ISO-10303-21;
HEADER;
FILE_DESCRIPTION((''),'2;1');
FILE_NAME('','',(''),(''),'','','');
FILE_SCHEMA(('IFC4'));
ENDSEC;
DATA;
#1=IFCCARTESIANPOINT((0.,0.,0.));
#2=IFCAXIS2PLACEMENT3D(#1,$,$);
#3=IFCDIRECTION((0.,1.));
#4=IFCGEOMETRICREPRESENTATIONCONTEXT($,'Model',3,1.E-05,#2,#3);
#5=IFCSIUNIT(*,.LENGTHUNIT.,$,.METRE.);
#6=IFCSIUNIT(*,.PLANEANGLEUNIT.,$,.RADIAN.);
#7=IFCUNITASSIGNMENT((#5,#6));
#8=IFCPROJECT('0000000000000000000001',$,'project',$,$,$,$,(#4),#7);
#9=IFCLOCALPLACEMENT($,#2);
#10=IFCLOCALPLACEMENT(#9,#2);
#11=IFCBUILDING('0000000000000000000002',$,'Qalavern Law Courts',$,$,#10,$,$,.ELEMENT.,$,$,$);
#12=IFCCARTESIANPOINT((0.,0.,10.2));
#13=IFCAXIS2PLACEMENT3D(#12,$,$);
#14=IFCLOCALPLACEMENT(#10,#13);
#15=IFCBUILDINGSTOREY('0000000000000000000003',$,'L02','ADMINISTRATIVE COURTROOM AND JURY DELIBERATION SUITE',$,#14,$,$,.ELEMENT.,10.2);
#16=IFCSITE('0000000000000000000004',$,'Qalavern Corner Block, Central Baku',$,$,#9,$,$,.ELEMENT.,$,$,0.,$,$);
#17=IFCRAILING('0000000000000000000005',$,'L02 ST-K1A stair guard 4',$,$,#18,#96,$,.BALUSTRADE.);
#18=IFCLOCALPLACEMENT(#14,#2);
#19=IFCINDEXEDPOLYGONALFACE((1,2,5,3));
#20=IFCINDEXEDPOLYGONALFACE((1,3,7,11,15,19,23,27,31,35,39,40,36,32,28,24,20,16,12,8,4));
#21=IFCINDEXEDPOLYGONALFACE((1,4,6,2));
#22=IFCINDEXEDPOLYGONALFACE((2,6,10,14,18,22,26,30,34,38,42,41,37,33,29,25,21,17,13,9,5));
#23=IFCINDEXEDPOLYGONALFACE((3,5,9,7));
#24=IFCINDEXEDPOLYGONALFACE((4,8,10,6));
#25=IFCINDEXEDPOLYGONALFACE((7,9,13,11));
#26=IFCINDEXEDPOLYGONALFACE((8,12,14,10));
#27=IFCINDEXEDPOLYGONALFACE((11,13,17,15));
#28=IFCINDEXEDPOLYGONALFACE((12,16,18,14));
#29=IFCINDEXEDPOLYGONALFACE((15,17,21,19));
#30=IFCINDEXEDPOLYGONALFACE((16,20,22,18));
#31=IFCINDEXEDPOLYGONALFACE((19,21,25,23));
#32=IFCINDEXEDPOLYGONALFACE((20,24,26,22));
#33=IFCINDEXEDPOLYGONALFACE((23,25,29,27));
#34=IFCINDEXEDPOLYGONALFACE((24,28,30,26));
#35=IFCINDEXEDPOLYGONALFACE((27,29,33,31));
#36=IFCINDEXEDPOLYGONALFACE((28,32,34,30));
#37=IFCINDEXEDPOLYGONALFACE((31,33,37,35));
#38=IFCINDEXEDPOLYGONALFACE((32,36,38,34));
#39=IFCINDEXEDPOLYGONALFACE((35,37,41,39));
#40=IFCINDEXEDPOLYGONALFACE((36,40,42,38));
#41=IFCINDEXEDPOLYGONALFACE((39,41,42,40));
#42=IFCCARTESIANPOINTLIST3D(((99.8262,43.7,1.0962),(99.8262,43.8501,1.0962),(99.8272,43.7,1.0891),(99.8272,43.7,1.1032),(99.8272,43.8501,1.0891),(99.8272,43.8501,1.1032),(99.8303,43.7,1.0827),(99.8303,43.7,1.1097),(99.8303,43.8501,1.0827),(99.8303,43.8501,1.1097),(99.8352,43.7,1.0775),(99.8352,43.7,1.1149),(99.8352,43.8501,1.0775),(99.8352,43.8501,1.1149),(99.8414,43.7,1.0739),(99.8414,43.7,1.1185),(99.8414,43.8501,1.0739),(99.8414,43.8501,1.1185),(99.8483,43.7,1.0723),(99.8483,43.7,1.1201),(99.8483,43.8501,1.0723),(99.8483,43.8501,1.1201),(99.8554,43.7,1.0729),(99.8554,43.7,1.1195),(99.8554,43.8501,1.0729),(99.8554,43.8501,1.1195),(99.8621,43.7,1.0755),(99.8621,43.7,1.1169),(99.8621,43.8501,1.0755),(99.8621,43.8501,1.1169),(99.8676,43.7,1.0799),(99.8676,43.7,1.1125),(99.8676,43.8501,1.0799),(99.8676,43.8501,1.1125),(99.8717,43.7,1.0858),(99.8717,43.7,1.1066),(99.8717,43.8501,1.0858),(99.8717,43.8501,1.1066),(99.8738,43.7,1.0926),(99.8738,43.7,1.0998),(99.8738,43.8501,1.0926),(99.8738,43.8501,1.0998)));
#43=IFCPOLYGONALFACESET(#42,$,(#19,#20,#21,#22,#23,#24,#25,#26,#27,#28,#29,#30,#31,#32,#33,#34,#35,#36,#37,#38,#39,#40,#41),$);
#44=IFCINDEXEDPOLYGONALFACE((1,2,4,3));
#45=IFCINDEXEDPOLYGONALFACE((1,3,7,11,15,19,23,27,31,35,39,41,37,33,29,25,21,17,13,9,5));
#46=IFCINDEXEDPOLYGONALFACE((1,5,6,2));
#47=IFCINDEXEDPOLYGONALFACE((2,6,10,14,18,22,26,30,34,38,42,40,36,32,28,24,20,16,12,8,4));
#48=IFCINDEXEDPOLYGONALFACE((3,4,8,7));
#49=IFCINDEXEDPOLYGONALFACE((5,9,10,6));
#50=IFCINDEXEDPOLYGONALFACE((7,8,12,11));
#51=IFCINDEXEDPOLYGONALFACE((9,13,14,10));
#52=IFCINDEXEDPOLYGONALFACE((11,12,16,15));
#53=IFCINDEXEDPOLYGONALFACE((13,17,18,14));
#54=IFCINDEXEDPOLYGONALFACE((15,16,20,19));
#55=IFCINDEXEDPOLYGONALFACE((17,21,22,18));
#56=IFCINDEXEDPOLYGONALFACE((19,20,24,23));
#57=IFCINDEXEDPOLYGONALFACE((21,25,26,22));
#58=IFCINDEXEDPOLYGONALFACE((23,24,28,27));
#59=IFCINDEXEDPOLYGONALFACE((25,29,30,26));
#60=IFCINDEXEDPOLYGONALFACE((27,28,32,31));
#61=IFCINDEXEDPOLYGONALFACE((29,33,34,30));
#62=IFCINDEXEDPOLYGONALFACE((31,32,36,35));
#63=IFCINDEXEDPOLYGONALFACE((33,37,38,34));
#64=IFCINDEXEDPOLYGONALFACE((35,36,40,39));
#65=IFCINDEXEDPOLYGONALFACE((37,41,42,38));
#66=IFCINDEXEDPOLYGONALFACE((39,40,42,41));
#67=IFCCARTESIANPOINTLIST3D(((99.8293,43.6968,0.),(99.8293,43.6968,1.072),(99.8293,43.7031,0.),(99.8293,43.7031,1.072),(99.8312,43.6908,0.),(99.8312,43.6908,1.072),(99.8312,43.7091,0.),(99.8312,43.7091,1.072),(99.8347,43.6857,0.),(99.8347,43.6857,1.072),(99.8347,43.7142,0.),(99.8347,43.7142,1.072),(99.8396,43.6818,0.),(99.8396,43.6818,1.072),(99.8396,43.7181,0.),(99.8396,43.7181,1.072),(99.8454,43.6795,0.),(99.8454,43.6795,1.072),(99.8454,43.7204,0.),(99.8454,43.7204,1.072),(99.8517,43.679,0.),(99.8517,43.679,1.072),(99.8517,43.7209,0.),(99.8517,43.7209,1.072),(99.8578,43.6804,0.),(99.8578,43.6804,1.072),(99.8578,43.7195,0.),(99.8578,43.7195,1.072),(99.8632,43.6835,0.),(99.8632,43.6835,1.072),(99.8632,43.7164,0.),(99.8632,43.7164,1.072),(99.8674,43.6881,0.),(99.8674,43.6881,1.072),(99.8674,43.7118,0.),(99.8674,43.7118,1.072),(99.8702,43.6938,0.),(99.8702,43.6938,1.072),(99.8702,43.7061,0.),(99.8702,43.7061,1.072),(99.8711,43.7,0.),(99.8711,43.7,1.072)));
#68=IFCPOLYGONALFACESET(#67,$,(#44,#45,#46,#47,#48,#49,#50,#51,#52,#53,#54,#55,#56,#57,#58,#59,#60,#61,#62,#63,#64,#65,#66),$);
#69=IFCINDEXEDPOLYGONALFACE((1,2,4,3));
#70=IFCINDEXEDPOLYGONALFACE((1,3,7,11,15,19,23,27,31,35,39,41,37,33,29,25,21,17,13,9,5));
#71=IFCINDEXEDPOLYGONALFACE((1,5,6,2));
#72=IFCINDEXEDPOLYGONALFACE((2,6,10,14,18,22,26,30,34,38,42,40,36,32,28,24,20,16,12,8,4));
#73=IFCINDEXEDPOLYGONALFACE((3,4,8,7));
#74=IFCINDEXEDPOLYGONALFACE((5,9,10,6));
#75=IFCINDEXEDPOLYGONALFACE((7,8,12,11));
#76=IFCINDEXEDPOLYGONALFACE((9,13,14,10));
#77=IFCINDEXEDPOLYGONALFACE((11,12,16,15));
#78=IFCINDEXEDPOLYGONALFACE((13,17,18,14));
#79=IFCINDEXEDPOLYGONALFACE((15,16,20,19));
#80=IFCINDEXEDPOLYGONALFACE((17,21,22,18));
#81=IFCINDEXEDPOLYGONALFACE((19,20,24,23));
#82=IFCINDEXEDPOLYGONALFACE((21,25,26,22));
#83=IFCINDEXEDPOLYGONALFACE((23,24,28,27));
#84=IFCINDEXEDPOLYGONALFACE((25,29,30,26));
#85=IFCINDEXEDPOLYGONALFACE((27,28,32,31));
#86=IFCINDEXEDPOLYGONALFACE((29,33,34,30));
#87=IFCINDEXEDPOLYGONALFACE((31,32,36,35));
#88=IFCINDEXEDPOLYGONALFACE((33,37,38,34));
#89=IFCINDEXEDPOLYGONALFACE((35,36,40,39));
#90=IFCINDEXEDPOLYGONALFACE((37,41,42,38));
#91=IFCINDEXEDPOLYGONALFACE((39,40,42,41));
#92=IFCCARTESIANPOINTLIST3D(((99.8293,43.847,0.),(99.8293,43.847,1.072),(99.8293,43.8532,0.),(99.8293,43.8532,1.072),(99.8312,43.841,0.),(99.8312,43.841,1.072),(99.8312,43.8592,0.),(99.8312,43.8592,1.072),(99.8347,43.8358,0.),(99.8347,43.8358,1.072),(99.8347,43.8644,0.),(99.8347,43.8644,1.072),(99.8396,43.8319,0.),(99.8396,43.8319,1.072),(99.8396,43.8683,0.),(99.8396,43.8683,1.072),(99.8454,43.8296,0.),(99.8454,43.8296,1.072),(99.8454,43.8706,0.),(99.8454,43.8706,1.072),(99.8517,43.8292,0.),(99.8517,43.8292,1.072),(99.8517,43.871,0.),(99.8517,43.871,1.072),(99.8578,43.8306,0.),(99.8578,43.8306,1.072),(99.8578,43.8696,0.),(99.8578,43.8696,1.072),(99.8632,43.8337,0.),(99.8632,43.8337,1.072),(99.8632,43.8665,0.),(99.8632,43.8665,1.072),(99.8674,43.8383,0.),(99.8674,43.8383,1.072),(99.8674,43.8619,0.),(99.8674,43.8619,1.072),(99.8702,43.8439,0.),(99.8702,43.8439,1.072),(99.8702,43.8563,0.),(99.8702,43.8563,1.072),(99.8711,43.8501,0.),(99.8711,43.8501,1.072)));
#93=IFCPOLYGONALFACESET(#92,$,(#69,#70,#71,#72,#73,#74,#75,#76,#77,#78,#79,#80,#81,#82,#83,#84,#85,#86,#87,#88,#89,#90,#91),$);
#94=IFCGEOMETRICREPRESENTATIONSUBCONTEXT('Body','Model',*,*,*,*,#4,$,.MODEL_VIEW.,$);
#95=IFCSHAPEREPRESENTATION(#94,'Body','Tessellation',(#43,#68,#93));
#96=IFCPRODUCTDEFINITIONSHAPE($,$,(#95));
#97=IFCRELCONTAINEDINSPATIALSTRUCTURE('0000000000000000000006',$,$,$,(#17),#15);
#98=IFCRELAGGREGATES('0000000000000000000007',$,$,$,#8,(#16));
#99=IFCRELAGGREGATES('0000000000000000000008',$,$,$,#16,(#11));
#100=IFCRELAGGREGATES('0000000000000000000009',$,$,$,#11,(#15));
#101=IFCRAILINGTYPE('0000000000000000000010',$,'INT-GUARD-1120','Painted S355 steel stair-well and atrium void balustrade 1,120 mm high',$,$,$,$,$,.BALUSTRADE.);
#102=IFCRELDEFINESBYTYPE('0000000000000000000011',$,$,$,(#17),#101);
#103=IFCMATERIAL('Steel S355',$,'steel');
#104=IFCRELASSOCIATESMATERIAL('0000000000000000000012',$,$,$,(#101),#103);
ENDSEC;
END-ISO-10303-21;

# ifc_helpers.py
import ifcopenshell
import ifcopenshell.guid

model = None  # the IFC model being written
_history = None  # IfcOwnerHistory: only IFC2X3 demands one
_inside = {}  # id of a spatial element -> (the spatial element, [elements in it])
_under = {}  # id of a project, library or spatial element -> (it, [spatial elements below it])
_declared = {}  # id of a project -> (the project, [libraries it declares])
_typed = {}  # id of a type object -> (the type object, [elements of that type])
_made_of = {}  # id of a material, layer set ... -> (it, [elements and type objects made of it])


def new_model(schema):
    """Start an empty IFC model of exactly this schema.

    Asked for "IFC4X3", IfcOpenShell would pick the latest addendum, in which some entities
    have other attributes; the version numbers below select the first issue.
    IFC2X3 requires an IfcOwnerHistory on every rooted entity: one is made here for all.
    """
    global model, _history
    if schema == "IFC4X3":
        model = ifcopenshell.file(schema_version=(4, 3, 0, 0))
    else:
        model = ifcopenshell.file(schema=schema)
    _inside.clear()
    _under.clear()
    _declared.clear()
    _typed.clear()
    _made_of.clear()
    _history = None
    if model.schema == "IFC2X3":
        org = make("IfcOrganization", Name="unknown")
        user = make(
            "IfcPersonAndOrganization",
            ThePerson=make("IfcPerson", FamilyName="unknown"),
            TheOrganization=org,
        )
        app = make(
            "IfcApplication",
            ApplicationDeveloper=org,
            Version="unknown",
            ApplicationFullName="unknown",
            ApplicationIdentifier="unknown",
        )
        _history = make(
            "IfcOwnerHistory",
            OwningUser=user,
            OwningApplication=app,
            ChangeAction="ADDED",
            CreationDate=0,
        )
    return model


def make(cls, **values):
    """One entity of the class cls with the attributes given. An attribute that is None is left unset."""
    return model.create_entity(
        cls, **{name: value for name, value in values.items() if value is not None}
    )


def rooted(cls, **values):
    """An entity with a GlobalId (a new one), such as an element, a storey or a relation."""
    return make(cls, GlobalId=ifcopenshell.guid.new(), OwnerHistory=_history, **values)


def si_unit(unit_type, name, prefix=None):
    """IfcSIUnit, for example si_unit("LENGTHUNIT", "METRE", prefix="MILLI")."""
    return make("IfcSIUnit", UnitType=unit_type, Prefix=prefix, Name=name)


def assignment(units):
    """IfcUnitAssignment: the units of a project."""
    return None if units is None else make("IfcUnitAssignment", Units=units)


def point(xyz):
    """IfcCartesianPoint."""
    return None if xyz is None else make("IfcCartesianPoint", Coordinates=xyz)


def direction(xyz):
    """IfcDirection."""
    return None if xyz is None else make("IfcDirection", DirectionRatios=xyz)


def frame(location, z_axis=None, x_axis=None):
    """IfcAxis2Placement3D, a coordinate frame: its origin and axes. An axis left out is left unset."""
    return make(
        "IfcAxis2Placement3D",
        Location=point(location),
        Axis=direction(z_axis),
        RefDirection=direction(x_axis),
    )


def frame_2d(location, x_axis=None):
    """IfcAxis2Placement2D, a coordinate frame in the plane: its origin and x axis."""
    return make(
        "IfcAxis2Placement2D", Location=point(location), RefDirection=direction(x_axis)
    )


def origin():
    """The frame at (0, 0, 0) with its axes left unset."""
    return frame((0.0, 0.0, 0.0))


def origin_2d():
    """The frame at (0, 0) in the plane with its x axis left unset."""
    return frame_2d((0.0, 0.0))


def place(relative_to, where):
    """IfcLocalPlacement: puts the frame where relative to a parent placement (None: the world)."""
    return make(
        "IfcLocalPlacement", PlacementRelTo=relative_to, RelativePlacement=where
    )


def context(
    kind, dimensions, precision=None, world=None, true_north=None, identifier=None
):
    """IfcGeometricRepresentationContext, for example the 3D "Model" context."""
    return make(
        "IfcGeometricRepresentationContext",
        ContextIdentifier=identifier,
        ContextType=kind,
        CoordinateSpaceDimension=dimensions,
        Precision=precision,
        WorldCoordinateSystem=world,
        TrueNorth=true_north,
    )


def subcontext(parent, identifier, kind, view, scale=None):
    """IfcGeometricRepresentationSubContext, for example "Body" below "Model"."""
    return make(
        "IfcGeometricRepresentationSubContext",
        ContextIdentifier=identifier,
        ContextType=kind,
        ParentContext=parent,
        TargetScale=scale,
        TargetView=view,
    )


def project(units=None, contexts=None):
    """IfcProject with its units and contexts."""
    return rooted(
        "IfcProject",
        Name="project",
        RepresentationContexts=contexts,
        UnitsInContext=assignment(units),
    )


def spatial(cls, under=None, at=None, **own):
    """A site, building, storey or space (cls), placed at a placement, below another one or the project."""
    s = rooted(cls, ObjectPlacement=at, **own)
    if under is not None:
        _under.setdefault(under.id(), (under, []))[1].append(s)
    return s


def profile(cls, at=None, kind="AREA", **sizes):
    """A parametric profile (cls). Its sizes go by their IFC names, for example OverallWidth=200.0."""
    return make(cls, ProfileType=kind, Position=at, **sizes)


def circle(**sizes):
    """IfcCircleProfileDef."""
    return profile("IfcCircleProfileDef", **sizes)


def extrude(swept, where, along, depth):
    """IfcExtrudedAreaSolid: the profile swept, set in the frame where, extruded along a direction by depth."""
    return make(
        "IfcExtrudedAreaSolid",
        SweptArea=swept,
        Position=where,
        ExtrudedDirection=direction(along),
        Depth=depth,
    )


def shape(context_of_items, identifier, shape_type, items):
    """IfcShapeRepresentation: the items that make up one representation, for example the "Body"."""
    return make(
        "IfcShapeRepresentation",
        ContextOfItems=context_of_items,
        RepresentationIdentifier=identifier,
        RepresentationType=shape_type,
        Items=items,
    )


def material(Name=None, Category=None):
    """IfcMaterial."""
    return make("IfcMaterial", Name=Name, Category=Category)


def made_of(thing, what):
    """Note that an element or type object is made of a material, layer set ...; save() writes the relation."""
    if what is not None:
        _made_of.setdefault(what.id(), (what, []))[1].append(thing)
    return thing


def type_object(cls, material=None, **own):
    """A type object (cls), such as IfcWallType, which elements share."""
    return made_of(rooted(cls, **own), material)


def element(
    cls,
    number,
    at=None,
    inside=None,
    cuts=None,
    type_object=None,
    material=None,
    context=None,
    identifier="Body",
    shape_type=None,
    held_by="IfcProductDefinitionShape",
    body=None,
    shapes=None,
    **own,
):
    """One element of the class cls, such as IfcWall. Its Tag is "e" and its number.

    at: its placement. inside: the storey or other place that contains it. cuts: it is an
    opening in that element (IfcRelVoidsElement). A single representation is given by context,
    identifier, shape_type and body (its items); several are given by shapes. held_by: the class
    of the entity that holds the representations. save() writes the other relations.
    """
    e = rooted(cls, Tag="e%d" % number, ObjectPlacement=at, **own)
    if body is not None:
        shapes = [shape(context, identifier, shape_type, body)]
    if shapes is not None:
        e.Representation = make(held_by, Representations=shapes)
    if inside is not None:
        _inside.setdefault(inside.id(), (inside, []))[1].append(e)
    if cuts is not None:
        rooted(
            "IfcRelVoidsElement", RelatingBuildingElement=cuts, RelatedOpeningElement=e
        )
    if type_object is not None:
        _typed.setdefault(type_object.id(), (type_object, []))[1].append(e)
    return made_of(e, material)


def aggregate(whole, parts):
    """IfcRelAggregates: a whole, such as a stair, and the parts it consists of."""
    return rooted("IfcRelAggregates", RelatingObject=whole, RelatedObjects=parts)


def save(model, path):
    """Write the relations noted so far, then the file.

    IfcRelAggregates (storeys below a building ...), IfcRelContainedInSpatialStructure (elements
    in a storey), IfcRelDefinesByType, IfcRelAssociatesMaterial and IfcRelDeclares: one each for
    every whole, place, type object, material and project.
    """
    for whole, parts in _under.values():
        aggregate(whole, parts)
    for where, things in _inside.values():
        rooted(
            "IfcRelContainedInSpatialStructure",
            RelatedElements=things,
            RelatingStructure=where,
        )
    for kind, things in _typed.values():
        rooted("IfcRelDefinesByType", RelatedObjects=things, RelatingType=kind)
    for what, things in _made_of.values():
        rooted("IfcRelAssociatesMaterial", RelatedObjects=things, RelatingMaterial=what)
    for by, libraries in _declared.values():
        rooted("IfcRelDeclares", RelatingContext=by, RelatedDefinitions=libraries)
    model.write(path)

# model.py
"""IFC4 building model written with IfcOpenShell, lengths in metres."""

from ifc_helpers import new_model, si_unit, direction, frame, origin, origin_2d, place, context, subcontext, project, spatial, circle, extrude, material, type_object, element, save


model = new_model("IFC4")

# Units and contexts
model_context = context("Model", 3, precision=1e-05, world=origin(), true_north=direction((0.0, 1.0)))
body_context = subcontext(model_context, "Body", "Model", "MODEL_VIEW")
ifc_project = project(units=[si_unit("LENGTHUNIT", "METRE"), si_unit("PLANEANGLEUNIT", "RADIAN")], contexts=[model_context])

# Site, building, storey
site_placement = place(None, origin())
site = spatial("IfcSite", under=ifc_project, at=site_placement, Name="Qalavern Corner Block, Central Baku", CompositionType="ELEMENT", RefElevation=0.0)
building_placement = place(site_placement, origin())
building = spatial("IfcBuilding", under=site, at=building_placement, Name="Qalavern Law Courts", CompositionType="ELEMENT")
storey_placement = place(building_placement, frame((0.0, 0.0, 10.2)))
storey = spatial("IfcBuildingStorey", under=building, at=storey_placement, Name="L02", Description="ADMINISTRATIVE COURTROOM AND JURY DELIBERATION SUITE", CompositionType="ELEMENT", Elevation=10.2)

# Railing
ifc_material_1 = material(Name="Steel S355", Category="steel")
railing_type_1 = type_object("IfcRailingType", Name="INT-GUARD-1120", Description="Painted S355 steel stair-well and atrium void balustrade 1,120 mm high", PredefinedType="BALUSTRADE", material=ifc_material_1)
railing_1_placement = place(storey_placement, frame((99.8501, 43.7, 0.0)))
element("IfcRailing", 1, at=railing_1_placement, inside=storey, type_object=railing_type_1, Name="L02 ST-K1A stair guard 4", PredefinedType="BALUSTRADE", context=body_context, shape_type="SweptSolid", body=[
    extrude(circle(Radius=0.0239, at=origin_2d()), frame((0.0, 0.0, 1.0962), z_axis=(0.0, 1.0, 0.0), x_axis=(-1.0, 0.0, 0.0)), (0.0, 0.0, 1.0), 0.1501),
    extrude(circle(Radius=0.021, at=origin_2d()), origin(), (0.0, 0.0, 1.0), 1.072),
    extrude(circle(Radius=0.021, at=origin_2d()), frame((0.0, 0.1501, 0.0)), (0.0, 0.0, 1.0), 1.072),
])

save(model, "model.ifc")
